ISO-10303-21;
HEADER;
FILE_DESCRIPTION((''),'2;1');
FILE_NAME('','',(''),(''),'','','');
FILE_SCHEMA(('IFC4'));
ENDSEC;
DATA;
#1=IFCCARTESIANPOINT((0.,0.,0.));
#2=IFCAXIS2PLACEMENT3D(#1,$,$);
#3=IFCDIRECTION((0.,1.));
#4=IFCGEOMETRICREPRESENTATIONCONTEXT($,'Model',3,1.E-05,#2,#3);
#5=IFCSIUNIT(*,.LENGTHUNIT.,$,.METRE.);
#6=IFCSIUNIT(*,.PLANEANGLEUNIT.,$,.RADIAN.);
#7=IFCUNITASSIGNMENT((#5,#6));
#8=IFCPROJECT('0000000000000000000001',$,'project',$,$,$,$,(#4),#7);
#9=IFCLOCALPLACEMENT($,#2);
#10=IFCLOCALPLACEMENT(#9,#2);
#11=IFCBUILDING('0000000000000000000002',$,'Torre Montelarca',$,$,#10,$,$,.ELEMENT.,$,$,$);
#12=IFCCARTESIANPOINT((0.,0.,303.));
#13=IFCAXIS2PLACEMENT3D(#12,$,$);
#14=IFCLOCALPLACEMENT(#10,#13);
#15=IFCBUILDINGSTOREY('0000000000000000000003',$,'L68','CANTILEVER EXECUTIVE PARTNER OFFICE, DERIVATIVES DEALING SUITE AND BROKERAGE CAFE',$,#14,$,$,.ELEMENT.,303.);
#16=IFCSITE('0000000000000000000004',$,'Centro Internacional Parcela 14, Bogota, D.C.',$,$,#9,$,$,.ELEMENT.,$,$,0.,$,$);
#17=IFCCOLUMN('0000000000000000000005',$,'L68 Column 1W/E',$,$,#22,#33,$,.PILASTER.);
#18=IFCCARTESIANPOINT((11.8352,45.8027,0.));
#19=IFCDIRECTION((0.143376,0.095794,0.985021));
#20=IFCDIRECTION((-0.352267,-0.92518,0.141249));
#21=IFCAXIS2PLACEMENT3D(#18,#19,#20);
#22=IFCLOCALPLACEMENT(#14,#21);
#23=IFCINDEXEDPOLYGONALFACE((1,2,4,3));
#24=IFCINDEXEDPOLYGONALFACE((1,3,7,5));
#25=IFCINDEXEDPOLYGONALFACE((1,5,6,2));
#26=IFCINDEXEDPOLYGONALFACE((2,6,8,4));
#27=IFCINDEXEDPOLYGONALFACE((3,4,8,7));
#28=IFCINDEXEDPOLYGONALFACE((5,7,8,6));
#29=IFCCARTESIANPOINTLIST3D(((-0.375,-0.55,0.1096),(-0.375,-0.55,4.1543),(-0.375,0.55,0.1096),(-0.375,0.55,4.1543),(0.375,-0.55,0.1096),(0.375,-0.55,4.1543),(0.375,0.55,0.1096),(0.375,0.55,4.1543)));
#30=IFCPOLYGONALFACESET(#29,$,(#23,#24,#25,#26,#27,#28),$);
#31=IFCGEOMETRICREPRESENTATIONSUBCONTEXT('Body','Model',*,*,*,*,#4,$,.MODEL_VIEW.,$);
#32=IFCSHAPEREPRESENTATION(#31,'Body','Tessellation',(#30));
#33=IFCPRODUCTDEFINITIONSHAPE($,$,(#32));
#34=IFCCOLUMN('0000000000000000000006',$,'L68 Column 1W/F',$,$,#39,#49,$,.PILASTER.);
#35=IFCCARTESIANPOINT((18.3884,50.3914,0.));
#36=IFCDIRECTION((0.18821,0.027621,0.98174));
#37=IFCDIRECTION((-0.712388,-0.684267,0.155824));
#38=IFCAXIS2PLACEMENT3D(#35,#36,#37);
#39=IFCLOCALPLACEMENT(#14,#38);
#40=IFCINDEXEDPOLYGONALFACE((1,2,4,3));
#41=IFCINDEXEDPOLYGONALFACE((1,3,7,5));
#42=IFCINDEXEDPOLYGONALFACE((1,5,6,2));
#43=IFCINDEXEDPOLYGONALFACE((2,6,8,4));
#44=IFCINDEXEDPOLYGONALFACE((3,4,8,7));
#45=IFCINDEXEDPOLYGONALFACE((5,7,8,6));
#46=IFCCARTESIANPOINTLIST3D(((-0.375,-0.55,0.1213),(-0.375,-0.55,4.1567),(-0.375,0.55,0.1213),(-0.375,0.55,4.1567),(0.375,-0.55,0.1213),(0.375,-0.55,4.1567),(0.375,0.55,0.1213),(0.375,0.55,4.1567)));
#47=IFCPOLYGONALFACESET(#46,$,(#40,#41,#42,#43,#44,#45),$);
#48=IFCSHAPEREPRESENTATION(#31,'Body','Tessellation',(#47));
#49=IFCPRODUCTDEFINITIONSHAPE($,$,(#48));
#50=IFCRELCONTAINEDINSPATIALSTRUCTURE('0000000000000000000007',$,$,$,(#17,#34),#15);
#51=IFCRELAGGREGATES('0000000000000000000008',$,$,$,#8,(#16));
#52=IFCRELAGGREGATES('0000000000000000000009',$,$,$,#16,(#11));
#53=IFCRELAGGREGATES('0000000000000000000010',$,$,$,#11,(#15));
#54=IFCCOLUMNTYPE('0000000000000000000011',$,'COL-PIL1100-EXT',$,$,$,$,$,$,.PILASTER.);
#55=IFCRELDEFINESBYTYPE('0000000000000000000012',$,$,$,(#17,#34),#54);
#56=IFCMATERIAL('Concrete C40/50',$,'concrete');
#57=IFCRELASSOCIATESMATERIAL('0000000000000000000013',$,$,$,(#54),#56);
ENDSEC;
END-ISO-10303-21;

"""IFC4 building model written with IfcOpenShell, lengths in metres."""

from ifc_helpers import new_model, si_unit, direction, frame, origin, origin_2d, place, context, subcontext, project, spatial, rectangle, extrude, clip, halfspace, material, material_profile, profile_set, type_object, element, save


model = new_model("IFC4")

# Units and contexts
model_context = context("Model", 3, precision=1e-05, world=origin(), true_north=direction((0.0, 1.0)))
body_context = subcontext(model_context, "Body", "Model", "MODEL_VIEW")
ifc_project = project(units=[si_unit("LENGTHUNIT", "METRE"), si_unit("PLANEANGLEUNIT", "RADIAN")], contexts=[model_context])

# Site, building, storey
site_placement = place(None, origin())
site = spatial("IfcSite", under=ifc_project, at=site_placement, Name="Centro Internacional Parcela 14, Bogota, D.C.", CompositionType="ELEMENT", RefElevation=0.0)
building_placement = place(site_placement, origin())
building = spatial("IfcBuilding", under=site, at=building_placement, Name="Torre Montelarca", CompositionType="ELEMENT")
storey_placement = place(building_placement, frame((0.0, 0.0, 303.0)))
storey = spatial("IfcBuildingStorey", under=building, at=storey_placement, Name="L68", Description="CANTILEVER EXECUTIVE PARTNER OFFICE, DERIVATIVES DEALING SUITE AND BROKERAGE CAFE", CompositionType="ELEMENT", Elevation=303.0)

# Columns
ifc_material_1 = material(Name="Concrete C40/50", Category="concrete")
ifc_material_profile_1 = material_profile(ifc_material_1, rectangle(XDim=0.75, YDim=1.1001, at=origin_2d()), Name="RC1100X750", Category="concrete")
ifc_profile_set_1 = profile_set([ifc_material_profile_1], Name="Concrete C40/50")
column_type_1 = type_object("IfcColumnType", Name="COL-PIL1100-EXT", PredefinedType="PILASTER", material=ifc_profile_set_1)
column_1_placement = place(storey_placement, frame((11.8352, 45.8027, 0.0), z_axis=(0.143376, 0.095794, 0.985021), x_axis=(-0.352267, -0.92518, 0.141249)))
element("IfcColumn", 1, at=column_1_placement, inside=storey, type_object=column_type_1, Name="L68 Column 1W/E", PredefinedType="PILASTER", context=body_context, shape_type="Clipping", body=[
    clip(clip(extrude(rectangle(XDim=0.75, YDim=1.1001, at=origin_2d()), origin(), (0.0, 0.0, 1.0), 4.2639), halfspace(frame((0.0, 0.0, 0.1096), z_axis=(0.0, 0.0, -1.0), x_axis=(1.0, 0.0, 0.0)), False)), halfspace(frame((0.0, 0.0, 4.1543), z_axis=(0.0, 0.0, 1.0), x_axis=(1.0, 0.0, 0.0)), False)),
])
column_2_placement = place(storey_placement, frame((18.3884, 50.3914, 0.0), z_axis=(0.18821, 0.027621, 0.98174), x_axis=(-0.712388, -0.684267, 0.155824)))
element("IfcColumn", 2, at=column_2_placement, inside=storey, type_object=column_type_1, Name="L68 Column 1W/F", PredefinedType="PILASTER", context=body_context, shape_type="Clipping", body=[
    clip(clip(extrude(rectangle(XDim=0.75, YDim=1.1001, at=origin_2d()), origin(), (0.0, 0.0, 1.0), 4.2781), halfspace(frame((0.0, 0.0, 0.1213), z_axis=(0.0, 0.0, -1.0), x_axis=(1.0, 0.0, 0.0)), False)), halfspace(frame((0.0, 0.0, 4.1567), z_axis=(0.0, 0.0, 1.0), x_axis=(1.0, 0.0, 0.0)), False)),
])

save(model, "model.ifc")
